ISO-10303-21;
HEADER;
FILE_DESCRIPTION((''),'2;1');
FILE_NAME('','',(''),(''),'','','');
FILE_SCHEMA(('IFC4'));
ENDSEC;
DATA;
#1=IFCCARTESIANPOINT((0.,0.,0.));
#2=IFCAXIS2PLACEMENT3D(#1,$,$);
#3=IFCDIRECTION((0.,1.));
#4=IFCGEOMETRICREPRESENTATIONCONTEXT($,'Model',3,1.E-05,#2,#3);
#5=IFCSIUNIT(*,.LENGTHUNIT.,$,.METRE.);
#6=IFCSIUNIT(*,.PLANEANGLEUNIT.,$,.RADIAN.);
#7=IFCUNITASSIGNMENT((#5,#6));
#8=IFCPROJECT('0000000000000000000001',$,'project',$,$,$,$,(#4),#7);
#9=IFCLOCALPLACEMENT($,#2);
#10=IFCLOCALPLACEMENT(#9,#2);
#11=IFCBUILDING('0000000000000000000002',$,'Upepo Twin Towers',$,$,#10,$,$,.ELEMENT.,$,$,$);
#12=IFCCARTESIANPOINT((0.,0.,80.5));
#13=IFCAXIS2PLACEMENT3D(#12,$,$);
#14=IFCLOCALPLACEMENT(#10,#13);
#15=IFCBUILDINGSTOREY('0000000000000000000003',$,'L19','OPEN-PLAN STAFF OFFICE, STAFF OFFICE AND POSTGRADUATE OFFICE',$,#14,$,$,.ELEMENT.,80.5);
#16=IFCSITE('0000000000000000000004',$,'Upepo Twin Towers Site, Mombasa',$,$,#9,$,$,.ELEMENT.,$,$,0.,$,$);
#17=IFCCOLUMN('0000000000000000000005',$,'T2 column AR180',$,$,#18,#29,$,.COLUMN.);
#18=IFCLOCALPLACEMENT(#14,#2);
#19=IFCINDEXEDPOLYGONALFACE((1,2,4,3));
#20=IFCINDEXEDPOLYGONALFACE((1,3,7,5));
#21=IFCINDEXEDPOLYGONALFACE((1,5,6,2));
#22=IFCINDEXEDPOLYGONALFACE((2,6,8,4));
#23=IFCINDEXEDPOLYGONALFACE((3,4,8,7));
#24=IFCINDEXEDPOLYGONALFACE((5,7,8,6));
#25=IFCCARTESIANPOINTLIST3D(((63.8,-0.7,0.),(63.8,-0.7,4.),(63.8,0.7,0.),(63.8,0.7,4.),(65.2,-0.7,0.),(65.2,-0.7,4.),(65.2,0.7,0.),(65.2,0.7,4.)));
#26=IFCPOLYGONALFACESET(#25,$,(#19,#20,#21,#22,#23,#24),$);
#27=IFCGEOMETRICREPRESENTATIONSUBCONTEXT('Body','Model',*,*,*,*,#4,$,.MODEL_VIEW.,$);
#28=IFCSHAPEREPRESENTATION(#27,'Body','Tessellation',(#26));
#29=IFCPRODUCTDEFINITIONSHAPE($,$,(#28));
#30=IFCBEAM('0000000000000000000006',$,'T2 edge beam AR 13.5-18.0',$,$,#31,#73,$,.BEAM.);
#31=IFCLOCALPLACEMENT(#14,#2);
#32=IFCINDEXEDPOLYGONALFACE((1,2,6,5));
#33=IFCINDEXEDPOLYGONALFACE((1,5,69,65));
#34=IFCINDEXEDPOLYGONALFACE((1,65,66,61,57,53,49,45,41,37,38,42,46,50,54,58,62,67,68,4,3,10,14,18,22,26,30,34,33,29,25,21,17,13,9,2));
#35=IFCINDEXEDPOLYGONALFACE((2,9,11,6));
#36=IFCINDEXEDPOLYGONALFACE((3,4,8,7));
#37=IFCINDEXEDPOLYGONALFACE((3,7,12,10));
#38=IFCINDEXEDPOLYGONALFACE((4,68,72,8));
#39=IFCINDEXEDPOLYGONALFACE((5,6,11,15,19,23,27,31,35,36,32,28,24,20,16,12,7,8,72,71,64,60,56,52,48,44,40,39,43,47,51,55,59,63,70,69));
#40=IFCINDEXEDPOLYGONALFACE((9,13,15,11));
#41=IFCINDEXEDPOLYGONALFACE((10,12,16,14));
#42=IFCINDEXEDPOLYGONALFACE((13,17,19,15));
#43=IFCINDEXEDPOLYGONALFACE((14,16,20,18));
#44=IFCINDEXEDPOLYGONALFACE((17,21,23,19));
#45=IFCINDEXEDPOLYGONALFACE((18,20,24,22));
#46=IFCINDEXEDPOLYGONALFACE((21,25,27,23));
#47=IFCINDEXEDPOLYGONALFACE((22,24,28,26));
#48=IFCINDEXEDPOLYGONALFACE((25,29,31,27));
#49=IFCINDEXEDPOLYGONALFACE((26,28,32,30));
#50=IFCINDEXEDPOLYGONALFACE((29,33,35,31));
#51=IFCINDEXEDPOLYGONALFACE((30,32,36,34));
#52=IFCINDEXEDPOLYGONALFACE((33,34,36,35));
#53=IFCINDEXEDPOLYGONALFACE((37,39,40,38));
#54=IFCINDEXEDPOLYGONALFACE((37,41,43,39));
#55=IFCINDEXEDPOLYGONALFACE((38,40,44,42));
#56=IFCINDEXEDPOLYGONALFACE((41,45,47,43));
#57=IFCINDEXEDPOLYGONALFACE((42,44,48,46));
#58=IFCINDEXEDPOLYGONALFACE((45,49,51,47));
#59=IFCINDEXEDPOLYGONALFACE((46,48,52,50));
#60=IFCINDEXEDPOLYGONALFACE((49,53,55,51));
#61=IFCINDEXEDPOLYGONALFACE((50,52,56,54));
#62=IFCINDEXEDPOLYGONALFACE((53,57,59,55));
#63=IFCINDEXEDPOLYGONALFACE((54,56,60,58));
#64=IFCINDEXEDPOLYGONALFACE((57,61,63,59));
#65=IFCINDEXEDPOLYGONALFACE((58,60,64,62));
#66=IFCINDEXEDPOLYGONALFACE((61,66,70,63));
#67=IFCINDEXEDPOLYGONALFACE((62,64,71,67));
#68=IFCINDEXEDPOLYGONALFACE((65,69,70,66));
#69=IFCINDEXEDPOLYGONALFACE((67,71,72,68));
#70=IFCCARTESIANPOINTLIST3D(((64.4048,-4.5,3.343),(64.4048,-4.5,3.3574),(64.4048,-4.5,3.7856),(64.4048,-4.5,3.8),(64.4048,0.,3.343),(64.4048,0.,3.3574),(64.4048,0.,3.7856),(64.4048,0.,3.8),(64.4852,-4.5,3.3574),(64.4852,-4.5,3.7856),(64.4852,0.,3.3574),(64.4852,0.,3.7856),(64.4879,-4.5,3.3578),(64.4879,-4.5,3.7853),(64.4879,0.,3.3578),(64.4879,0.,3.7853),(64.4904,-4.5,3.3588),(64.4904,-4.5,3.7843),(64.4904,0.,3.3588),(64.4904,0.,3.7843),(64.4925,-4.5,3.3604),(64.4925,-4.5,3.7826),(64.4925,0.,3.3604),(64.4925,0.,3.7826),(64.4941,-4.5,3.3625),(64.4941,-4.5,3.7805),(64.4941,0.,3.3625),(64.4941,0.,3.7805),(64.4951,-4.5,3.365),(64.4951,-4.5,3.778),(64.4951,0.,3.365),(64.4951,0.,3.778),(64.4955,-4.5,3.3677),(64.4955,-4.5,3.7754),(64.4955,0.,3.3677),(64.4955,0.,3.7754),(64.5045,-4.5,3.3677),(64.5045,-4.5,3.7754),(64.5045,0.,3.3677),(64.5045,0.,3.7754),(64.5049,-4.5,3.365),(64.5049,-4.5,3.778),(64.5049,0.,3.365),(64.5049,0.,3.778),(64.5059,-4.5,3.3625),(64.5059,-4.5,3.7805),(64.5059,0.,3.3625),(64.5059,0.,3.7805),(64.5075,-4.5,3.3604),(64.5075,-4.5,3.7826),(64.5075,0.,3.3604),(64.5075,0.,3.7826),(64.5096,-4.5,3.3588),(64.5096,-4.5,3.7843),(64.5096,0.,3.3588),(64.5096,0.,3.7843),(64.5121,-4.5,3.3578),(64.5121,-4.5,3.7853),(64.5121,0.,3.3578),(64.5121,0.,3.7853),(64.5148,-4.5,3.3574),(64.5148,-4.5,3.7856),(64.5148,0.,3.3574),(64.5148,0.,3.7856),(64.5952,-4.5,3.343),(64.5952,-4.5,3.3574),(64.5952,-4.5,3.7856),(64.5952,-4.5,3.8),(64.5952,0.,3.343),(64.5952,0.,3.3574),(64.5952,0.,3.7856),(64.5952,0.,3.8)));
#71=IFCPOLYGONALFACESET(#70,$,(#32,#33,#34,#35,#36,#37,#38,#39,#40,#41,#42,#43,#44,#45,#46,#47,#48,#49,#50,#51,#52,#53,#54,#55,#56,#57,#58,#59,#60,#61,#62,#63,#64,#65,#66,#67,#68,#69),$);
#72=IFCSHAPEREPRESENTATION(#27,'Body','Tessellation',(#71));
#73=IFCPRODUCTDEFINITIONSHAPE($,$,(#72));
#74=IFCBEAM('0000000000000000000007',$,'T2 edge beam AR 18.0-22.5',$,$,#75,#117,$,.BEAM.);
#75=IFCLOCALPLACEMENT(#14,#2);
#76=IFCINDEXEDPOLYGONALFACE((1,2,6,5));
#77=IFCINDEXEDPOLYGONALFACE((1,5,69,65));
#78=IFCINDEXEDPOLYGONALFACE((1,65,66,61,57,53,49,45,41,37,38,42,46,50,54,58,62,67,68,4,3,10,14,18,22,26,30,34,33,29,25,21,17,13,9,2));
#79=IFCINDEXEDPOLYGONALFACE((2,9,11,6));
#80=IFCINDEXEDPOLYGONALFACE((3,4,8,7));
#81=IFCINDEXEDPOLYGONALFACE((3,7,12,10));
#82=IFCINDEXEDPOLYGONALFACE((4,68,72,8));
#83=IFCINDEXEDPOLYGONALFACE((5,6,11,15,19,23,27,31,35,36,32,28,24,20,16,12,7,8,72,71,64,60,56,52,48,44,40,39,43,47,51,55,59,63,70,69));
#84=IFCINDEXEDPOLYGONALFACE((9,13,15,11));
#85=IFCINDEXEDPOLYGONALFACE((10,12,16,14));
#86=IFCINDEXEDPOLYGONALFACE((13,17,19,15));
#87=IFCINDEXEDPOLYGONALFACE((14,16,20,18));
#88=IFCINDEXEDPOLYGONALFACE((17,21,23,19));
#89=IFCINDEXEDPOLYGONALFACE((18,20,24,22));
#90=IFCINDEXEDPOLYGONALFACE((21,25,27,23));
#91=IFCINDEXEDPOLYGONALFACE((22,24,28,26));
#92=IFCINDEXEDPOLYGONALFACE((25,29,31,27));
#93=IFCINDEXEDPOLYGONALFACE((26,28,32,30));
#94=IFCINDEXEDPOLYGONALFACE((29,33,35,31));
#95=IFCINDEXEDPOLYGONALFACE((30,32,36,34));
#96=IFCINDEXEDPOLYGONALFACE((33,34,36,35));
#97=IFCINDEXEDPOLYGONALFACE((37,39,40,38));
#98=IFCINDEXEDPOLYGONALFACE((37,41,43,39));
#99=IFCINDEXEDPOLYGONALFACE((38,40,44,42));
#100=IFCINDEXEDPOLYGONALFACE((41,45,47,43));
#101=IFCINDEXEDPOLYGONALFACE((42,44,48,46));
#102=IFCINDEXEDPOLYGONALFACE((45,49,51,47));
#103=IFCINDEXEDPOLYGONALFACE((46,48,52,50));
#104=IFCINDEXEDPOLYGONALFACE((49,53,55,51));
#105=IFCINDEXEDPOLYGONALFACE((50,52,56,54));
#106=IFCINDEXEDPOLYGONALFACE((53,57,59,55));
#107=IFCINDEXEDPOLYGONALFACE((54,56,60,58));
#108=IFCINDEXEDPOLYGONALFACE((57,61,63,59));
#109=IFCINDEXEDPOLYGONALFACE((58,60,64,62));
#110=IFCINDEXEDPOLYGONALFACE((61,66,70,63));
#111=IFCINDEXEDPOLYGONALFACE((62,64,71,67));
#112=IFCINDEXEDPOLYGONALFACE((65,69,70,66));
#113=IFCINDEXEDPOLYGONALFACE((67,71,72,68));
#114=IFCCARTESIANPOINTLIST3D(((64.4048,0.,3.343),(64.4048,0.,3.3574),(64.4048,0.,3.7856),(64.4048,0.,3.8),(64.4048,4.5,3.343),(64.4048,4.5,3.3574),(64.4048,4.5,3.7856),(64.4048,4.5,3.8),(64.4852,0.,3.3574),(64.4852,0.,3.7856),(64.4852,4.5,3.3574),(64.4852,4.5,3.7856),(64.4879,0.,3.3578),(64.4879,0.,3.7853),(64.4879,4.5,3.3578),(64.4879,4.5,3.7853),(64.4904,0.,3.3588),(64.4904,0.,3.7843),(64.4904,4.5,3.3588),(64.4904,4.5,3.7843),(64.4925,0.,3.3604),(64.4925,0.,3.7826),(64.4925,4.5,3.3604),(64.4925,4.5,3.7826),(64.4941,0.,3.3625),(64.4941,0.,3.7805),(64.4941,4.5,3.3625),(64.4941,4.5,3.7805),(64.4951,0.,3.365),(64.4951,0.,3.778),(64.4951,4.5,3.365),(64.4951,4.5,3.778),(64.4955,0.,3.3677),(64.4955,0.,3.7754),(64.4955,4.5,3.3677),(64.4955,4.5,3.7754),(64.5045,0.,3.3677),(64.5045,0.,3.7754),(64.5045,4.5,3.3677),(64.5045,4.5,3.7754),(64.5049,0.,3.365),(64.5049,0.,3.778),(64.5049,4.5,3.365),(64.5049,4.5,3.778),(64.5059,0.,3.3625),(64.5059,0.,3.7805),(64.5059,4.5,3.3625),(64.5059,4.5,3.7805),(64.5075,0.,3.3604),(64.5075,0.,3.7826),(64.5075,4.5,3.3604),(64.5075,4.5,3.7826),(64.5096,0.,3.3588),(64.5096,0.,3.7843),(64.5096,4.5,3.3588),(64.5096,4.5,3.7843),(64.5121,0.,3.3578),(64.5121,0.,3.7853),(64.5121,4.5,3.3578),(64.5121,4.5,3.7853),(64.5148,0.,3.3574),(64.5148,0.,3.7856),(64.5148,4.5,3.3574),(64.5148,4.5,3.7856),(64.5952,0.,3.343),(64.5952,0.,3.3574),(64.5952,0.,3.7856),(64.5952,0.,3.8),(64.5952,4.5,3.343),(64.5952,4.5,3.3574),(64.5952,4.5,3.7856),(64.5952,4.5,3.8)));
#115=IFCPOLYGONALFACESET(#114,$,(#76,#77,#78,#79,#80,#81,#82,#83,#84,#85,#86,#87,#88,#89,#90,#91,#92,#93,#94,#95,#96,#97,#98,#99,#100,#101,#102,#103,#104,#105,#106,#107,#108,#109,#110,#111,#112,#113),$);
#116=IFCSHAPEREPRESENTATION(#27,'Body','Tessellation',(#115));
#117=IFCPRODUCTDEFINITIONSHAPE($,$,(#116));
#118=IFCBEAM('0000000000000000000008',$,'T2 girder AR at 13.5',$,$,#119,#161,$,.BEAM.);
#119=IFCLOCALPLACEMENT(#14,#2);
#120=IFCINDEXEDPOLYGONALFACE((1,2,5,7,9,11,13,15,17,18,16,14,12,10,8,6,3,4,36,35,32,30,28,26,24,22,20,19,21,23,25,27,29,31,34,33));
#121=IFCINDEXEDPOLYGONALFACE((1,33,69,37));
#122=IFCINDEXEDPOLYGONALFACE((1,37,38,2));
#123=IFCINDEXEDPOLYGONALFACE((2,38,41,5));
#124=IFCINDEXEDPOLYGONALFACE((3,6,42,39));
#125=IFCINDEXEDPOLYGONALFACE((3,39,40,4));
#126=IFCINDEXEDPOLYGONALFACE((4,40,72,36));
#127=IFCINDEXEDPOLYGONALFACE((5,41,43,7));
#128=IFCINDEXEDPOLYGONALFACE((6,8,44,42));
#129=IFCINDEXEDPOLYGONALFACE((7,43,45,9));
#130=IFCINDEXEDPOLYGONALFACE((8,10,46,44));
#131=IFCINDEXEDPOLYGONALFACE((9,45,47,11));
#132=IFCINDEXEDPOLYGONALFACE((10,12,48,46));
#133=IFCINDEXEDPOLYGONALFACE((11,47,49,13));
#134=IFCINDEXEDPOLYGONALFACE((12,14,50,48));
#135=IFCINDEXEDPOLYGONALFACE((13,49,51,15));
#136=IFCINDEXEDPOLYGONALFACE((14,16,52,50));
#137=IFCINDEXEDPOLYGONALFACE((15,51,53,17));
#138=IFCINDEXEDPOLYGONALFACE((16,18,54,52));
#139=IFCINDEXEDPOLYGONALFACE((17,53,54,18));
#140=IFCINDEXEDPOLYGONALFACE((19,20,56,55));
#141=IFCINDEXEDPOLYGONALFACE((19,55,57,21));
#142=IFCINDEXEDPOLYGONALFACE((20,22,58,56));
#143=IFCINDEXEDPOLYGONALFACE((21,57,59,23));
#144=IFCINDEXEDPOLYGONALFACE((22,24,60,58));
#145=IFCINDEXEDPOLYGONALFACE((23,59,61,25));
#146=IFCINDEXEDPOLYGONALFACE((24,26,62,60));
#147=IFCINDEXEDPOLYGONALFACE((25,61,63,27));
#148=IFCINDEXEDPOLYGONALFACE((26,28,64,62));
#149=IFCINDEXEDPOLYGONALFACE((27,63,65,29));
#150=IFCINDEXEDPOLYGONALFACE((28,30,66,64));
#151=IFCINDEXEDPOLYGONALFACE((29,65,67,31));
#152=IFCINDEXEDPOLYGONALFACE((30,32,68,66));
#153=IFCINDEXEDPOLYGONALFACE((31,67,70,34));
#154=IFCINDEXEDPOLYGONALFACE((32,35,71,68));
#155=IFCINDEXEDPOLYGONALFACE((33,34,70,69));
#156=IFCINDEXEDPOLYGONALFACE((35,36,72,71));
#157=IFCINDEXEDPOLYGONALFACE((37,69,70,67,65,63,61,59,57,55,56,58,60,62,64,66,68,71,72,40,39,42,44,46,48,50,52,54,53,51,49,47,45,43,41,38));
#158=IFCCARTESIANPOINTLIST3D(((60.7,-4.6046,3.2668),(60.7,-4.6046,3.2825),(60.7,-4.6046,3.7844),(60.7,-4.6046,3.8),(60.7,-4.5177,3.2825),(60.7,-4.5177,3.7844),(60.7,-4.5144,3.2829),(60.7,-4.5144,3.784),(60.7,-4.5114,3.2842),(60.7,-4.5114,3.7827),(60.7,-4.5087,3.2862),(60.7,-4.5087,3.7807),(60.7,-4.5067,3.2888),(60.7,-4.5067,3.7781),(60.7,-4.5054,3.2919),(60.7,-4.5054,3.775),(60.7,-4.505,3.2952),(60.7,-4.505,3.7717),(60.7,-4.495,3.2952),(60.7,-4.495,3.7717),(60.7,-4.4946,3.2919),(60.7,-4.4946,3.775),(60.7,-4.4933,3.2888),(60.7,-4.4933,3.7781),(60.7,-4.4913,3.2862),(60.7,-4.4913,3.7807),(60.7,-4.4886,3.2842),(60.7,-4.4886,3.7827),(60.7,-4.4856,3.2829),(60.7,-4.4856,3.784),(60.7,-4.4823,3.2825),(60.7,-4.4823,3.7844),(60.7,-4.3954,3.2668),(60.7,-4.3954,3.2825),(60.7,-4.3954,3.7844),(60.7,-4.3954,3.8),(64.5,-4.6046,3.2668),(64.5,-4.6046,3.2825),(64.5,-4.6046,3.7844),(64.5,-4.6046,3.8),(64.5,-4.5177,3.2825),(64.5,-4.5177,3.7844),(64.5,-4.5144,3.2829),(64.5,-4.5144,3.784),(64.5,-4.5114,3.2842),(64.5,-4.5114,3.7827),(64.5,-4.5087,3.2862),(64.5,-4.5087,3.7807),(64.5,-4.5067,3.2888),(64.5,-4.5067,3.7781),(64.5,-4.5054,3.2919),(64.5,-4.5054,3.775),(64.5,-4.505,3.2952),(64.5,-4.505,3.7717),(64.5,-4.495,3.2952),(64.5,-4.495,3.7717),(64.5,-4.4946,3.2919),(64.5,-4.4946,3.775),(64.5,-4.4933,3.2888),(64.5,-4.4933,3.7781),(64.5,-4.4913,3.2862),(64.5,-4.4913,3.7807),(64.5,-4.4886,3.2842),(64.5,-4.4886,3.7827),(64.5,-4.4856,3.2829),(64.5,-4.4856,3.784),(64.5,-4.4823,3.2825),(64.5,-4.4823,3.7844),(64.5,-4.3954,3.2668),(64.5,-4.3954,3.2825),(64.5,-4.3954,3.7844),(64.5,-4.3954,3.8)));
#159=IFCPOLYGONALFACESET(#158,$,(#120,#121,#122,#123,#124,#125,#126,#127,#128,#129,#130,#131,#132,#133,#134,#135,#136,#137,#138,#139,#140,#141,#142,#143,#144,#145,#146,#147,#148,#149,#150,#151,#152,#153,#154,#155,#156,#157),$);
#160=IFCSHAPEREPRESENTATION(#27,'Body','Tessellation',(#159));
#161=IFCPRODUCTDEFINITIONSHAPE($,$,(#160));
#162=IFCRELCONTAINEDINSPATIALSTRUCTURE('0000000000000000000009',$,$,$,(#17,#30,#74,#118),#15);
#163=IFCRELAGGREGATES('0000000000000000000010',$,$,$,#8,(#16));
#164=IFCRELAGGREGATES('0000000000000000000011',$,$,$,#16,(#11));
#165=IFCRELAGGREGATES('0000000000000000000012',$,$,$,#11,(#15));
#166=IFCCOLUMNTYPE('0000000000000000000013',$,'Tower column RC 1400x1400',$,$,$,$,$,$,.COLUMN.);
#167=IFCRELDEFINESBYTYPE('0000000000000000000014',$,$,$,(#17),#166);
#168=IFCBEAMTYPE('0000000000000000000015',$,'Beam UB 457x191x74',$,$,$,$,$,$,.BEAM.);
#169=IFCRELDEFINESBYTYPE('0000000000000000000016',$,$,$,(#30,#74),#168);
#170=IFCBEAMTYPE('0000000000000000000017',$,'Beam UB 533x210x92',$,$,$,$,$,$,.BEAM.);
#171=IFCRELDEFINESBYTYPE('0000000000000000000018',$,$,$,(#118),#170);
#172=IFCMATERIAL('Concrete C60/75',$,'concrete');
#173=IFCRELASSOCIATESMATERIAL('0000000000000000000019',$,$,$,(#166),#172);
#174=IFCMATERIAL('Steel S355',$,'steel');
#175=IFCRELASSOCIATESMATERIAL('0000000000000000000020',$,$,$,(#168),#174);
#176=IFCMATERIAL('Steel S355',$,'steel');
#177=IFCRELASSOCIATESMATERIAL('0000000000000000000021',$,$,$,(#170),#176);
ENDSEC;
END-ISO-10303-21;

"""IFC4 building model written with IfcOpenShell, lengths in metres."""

from ifc_helpers import new_model, si_unit, direction, frame, origin, origin_2d, place, context, subcontext, project, spatial, rectangle, i_section, extrude, material, material_profile, profile_set, type_object, element, save


model = new_model("IFC4")

# Units and contexts
model_context = context("Model", 3, precision=1e-05, world=origin(), true_north=direction((0.0, 1.0)))
body_context = subcontext(model_context, "Body", "Model", "MODEL_VIEW")
ifc_project = project(units=[si_unit("LENGTHUNIT", "METRE"), si_unit("PLANEANGLEUNIT", "RADIAN")], contexts=[model_context])

# Site, building, storey
site_placement = place(None, origin())
site = spatial("IfcSite", under=ifc_project, at=site_placement, Name="Upepo Twin Towers Site, Mombasa", CompositionType="ELEMENT", RefElevation=0.0)
building_placement = place(site_placement, origin())
building = spatial("IfcBuilding", under=site, at=building_placement, Name="Upepo Twin Towers", CompositionType="ELEMENT")
storey_placement = place(building_placement, frame((0.0, 0.0, 80.5)))
storey = spatial("IfcBuildingStorey", under=building, at=storey_placement, Name="L19", Description="OPEN-PLAN STAFF OFFICE, STAFF OFFICE AND POSTGRADUATE OFFICE", CompositionType="ELEMENT", Elevation=80.5)

# Column
ifc_material_1 = material(Name="Concrete C60/75", Category="concrete")
ifc_material_profile_1 = material_profile(ifc_material_1, rectangle(XDim=1.3999, YDim=1.3999, at=origin_2d()), Name="RC 1400x1400")
ifc_profile_set_1 = profile_set([ifc_material_profile_1], Name="Concrete C60/75")
column_type = type_object("IfcColumnType", Name="Tower column RC 1400x1400", PredefinedType="COLUMN", material=ifc_profile_set_1)
column_placement = place(storey_placement, frame((64.5, 0.0, 0.0), z_axis=(0.0, 0.0, 1.0), x_axis=(1.0, 0.0, 0.0)))
element("IfcColumn", 1, at=column_placement, inside=storey, type_object=column_type, Name="T2 column AR180", PredefinedType="COLUMN", context=body_context, shape_type="SweptSolid", body=[
    extrude(rectangle(XDim=1.3999, YDim=1.3999, at=origin_2d()), origin(), (0.0, 0.0, 1.0), 4.0),
])

# Beams
ifc_material_2 = material(Name="Steel S355", Category="steel")
ifc_material_profile_2 = material_profile(ifc_material_2, i_section(OverallWidth=0.1904, OverallDepth=0.457, WebThickness=0.009, FlangeThickness=0.0144, FilletRadius=0.0103, at=origin_2d()), Name="UB 457x191x74")
ifc_profile_set_2 = profile_set([ifc_material_profile_2], Name="Steel S355")
beam_type_1 = type_object("IfcBeamType", Name="Beam UB 457x191x74", PredefinedType="BEAM", material=ifc_profile_set_2)
for number, where, z_axis, x_axis, name in (
    (2, (64.5, -4.5, 3.5715), (0.0, 1.0, 0.0), (-1.0, 0.0, 0.0), "T2 edge beam AR 13.5-18.0"),
    (3, (64.5, 0.0, 3.5715), (0.0, 1.0, 0.0), (-1.0, 0.0, 0.0), "T2 edge beam AR 18.0-22.5"),
):
    element("IfcBeam", number, at=place(storey_placement, frame(where, z_axis=z_axis, x_axis=x_axis)), inside=storey, type_object=beam_type_1, Name=name, PredefinedType="BEAM", context=body_context, shape_type="SweptSolid", body=[
        extrude(i_section(OverallWidth=0.1904, OverallDepth=0.457, WebThickness=0.009, FlangeThickness=0.0144, FilletRadius=0.0103, at=origin_2d()), origin(), (0.0, 0.0, 1.0), 4.5),
    ])
ifc_material_3 = material(Name="Steel S355", Category="steel")
ifc_material_profile_3 = material_profile(ifc_material_3, i_section(OverallWidth=0.2092, OverallDepth=0.5332, WebThickness=0.01, FlangeThickness=0.0156, FilletRadius=0.0127, at=origin_2d()), Name="UB 533x210x92")
ifc_profile_set_3 = profile_set([ifc_material_profile_3], Name="Steel S355")
beam_type_2 = type_object("IfcBeamType", Name="Beam UB 533x210x92", PredefinedType="BEAM", material=ifc_profile_set_3)
for number, where, z_axis, x_axis, name in (
    (4, (64.5, -4.5, 3.5334), (-1.0, 0.0, 0.0), (0.0, -1.0, 0.0), "T2 girder AR at 13.5"),
):
    element("IfcBeam", number, at=place(storey_placement, frame(where, z_axis=z_axis, x_axis=x_axis)), inside=storey, type_object=beam_type_2, Name=name, PredefinedType="BEAM", context=body_context, shape_type="SweptSolid", body=[
        extrude(i_section(OverallWidth=0.2092, OverallDepth=0.5332, WebThickness=0.01, FlangeThickness=0.0156, FilletRadius=0.0127, at=origin_2d()), origin(), (0.0, 0.0, 1.0), 3.8),
    ])

save(model, "model.ifc")
